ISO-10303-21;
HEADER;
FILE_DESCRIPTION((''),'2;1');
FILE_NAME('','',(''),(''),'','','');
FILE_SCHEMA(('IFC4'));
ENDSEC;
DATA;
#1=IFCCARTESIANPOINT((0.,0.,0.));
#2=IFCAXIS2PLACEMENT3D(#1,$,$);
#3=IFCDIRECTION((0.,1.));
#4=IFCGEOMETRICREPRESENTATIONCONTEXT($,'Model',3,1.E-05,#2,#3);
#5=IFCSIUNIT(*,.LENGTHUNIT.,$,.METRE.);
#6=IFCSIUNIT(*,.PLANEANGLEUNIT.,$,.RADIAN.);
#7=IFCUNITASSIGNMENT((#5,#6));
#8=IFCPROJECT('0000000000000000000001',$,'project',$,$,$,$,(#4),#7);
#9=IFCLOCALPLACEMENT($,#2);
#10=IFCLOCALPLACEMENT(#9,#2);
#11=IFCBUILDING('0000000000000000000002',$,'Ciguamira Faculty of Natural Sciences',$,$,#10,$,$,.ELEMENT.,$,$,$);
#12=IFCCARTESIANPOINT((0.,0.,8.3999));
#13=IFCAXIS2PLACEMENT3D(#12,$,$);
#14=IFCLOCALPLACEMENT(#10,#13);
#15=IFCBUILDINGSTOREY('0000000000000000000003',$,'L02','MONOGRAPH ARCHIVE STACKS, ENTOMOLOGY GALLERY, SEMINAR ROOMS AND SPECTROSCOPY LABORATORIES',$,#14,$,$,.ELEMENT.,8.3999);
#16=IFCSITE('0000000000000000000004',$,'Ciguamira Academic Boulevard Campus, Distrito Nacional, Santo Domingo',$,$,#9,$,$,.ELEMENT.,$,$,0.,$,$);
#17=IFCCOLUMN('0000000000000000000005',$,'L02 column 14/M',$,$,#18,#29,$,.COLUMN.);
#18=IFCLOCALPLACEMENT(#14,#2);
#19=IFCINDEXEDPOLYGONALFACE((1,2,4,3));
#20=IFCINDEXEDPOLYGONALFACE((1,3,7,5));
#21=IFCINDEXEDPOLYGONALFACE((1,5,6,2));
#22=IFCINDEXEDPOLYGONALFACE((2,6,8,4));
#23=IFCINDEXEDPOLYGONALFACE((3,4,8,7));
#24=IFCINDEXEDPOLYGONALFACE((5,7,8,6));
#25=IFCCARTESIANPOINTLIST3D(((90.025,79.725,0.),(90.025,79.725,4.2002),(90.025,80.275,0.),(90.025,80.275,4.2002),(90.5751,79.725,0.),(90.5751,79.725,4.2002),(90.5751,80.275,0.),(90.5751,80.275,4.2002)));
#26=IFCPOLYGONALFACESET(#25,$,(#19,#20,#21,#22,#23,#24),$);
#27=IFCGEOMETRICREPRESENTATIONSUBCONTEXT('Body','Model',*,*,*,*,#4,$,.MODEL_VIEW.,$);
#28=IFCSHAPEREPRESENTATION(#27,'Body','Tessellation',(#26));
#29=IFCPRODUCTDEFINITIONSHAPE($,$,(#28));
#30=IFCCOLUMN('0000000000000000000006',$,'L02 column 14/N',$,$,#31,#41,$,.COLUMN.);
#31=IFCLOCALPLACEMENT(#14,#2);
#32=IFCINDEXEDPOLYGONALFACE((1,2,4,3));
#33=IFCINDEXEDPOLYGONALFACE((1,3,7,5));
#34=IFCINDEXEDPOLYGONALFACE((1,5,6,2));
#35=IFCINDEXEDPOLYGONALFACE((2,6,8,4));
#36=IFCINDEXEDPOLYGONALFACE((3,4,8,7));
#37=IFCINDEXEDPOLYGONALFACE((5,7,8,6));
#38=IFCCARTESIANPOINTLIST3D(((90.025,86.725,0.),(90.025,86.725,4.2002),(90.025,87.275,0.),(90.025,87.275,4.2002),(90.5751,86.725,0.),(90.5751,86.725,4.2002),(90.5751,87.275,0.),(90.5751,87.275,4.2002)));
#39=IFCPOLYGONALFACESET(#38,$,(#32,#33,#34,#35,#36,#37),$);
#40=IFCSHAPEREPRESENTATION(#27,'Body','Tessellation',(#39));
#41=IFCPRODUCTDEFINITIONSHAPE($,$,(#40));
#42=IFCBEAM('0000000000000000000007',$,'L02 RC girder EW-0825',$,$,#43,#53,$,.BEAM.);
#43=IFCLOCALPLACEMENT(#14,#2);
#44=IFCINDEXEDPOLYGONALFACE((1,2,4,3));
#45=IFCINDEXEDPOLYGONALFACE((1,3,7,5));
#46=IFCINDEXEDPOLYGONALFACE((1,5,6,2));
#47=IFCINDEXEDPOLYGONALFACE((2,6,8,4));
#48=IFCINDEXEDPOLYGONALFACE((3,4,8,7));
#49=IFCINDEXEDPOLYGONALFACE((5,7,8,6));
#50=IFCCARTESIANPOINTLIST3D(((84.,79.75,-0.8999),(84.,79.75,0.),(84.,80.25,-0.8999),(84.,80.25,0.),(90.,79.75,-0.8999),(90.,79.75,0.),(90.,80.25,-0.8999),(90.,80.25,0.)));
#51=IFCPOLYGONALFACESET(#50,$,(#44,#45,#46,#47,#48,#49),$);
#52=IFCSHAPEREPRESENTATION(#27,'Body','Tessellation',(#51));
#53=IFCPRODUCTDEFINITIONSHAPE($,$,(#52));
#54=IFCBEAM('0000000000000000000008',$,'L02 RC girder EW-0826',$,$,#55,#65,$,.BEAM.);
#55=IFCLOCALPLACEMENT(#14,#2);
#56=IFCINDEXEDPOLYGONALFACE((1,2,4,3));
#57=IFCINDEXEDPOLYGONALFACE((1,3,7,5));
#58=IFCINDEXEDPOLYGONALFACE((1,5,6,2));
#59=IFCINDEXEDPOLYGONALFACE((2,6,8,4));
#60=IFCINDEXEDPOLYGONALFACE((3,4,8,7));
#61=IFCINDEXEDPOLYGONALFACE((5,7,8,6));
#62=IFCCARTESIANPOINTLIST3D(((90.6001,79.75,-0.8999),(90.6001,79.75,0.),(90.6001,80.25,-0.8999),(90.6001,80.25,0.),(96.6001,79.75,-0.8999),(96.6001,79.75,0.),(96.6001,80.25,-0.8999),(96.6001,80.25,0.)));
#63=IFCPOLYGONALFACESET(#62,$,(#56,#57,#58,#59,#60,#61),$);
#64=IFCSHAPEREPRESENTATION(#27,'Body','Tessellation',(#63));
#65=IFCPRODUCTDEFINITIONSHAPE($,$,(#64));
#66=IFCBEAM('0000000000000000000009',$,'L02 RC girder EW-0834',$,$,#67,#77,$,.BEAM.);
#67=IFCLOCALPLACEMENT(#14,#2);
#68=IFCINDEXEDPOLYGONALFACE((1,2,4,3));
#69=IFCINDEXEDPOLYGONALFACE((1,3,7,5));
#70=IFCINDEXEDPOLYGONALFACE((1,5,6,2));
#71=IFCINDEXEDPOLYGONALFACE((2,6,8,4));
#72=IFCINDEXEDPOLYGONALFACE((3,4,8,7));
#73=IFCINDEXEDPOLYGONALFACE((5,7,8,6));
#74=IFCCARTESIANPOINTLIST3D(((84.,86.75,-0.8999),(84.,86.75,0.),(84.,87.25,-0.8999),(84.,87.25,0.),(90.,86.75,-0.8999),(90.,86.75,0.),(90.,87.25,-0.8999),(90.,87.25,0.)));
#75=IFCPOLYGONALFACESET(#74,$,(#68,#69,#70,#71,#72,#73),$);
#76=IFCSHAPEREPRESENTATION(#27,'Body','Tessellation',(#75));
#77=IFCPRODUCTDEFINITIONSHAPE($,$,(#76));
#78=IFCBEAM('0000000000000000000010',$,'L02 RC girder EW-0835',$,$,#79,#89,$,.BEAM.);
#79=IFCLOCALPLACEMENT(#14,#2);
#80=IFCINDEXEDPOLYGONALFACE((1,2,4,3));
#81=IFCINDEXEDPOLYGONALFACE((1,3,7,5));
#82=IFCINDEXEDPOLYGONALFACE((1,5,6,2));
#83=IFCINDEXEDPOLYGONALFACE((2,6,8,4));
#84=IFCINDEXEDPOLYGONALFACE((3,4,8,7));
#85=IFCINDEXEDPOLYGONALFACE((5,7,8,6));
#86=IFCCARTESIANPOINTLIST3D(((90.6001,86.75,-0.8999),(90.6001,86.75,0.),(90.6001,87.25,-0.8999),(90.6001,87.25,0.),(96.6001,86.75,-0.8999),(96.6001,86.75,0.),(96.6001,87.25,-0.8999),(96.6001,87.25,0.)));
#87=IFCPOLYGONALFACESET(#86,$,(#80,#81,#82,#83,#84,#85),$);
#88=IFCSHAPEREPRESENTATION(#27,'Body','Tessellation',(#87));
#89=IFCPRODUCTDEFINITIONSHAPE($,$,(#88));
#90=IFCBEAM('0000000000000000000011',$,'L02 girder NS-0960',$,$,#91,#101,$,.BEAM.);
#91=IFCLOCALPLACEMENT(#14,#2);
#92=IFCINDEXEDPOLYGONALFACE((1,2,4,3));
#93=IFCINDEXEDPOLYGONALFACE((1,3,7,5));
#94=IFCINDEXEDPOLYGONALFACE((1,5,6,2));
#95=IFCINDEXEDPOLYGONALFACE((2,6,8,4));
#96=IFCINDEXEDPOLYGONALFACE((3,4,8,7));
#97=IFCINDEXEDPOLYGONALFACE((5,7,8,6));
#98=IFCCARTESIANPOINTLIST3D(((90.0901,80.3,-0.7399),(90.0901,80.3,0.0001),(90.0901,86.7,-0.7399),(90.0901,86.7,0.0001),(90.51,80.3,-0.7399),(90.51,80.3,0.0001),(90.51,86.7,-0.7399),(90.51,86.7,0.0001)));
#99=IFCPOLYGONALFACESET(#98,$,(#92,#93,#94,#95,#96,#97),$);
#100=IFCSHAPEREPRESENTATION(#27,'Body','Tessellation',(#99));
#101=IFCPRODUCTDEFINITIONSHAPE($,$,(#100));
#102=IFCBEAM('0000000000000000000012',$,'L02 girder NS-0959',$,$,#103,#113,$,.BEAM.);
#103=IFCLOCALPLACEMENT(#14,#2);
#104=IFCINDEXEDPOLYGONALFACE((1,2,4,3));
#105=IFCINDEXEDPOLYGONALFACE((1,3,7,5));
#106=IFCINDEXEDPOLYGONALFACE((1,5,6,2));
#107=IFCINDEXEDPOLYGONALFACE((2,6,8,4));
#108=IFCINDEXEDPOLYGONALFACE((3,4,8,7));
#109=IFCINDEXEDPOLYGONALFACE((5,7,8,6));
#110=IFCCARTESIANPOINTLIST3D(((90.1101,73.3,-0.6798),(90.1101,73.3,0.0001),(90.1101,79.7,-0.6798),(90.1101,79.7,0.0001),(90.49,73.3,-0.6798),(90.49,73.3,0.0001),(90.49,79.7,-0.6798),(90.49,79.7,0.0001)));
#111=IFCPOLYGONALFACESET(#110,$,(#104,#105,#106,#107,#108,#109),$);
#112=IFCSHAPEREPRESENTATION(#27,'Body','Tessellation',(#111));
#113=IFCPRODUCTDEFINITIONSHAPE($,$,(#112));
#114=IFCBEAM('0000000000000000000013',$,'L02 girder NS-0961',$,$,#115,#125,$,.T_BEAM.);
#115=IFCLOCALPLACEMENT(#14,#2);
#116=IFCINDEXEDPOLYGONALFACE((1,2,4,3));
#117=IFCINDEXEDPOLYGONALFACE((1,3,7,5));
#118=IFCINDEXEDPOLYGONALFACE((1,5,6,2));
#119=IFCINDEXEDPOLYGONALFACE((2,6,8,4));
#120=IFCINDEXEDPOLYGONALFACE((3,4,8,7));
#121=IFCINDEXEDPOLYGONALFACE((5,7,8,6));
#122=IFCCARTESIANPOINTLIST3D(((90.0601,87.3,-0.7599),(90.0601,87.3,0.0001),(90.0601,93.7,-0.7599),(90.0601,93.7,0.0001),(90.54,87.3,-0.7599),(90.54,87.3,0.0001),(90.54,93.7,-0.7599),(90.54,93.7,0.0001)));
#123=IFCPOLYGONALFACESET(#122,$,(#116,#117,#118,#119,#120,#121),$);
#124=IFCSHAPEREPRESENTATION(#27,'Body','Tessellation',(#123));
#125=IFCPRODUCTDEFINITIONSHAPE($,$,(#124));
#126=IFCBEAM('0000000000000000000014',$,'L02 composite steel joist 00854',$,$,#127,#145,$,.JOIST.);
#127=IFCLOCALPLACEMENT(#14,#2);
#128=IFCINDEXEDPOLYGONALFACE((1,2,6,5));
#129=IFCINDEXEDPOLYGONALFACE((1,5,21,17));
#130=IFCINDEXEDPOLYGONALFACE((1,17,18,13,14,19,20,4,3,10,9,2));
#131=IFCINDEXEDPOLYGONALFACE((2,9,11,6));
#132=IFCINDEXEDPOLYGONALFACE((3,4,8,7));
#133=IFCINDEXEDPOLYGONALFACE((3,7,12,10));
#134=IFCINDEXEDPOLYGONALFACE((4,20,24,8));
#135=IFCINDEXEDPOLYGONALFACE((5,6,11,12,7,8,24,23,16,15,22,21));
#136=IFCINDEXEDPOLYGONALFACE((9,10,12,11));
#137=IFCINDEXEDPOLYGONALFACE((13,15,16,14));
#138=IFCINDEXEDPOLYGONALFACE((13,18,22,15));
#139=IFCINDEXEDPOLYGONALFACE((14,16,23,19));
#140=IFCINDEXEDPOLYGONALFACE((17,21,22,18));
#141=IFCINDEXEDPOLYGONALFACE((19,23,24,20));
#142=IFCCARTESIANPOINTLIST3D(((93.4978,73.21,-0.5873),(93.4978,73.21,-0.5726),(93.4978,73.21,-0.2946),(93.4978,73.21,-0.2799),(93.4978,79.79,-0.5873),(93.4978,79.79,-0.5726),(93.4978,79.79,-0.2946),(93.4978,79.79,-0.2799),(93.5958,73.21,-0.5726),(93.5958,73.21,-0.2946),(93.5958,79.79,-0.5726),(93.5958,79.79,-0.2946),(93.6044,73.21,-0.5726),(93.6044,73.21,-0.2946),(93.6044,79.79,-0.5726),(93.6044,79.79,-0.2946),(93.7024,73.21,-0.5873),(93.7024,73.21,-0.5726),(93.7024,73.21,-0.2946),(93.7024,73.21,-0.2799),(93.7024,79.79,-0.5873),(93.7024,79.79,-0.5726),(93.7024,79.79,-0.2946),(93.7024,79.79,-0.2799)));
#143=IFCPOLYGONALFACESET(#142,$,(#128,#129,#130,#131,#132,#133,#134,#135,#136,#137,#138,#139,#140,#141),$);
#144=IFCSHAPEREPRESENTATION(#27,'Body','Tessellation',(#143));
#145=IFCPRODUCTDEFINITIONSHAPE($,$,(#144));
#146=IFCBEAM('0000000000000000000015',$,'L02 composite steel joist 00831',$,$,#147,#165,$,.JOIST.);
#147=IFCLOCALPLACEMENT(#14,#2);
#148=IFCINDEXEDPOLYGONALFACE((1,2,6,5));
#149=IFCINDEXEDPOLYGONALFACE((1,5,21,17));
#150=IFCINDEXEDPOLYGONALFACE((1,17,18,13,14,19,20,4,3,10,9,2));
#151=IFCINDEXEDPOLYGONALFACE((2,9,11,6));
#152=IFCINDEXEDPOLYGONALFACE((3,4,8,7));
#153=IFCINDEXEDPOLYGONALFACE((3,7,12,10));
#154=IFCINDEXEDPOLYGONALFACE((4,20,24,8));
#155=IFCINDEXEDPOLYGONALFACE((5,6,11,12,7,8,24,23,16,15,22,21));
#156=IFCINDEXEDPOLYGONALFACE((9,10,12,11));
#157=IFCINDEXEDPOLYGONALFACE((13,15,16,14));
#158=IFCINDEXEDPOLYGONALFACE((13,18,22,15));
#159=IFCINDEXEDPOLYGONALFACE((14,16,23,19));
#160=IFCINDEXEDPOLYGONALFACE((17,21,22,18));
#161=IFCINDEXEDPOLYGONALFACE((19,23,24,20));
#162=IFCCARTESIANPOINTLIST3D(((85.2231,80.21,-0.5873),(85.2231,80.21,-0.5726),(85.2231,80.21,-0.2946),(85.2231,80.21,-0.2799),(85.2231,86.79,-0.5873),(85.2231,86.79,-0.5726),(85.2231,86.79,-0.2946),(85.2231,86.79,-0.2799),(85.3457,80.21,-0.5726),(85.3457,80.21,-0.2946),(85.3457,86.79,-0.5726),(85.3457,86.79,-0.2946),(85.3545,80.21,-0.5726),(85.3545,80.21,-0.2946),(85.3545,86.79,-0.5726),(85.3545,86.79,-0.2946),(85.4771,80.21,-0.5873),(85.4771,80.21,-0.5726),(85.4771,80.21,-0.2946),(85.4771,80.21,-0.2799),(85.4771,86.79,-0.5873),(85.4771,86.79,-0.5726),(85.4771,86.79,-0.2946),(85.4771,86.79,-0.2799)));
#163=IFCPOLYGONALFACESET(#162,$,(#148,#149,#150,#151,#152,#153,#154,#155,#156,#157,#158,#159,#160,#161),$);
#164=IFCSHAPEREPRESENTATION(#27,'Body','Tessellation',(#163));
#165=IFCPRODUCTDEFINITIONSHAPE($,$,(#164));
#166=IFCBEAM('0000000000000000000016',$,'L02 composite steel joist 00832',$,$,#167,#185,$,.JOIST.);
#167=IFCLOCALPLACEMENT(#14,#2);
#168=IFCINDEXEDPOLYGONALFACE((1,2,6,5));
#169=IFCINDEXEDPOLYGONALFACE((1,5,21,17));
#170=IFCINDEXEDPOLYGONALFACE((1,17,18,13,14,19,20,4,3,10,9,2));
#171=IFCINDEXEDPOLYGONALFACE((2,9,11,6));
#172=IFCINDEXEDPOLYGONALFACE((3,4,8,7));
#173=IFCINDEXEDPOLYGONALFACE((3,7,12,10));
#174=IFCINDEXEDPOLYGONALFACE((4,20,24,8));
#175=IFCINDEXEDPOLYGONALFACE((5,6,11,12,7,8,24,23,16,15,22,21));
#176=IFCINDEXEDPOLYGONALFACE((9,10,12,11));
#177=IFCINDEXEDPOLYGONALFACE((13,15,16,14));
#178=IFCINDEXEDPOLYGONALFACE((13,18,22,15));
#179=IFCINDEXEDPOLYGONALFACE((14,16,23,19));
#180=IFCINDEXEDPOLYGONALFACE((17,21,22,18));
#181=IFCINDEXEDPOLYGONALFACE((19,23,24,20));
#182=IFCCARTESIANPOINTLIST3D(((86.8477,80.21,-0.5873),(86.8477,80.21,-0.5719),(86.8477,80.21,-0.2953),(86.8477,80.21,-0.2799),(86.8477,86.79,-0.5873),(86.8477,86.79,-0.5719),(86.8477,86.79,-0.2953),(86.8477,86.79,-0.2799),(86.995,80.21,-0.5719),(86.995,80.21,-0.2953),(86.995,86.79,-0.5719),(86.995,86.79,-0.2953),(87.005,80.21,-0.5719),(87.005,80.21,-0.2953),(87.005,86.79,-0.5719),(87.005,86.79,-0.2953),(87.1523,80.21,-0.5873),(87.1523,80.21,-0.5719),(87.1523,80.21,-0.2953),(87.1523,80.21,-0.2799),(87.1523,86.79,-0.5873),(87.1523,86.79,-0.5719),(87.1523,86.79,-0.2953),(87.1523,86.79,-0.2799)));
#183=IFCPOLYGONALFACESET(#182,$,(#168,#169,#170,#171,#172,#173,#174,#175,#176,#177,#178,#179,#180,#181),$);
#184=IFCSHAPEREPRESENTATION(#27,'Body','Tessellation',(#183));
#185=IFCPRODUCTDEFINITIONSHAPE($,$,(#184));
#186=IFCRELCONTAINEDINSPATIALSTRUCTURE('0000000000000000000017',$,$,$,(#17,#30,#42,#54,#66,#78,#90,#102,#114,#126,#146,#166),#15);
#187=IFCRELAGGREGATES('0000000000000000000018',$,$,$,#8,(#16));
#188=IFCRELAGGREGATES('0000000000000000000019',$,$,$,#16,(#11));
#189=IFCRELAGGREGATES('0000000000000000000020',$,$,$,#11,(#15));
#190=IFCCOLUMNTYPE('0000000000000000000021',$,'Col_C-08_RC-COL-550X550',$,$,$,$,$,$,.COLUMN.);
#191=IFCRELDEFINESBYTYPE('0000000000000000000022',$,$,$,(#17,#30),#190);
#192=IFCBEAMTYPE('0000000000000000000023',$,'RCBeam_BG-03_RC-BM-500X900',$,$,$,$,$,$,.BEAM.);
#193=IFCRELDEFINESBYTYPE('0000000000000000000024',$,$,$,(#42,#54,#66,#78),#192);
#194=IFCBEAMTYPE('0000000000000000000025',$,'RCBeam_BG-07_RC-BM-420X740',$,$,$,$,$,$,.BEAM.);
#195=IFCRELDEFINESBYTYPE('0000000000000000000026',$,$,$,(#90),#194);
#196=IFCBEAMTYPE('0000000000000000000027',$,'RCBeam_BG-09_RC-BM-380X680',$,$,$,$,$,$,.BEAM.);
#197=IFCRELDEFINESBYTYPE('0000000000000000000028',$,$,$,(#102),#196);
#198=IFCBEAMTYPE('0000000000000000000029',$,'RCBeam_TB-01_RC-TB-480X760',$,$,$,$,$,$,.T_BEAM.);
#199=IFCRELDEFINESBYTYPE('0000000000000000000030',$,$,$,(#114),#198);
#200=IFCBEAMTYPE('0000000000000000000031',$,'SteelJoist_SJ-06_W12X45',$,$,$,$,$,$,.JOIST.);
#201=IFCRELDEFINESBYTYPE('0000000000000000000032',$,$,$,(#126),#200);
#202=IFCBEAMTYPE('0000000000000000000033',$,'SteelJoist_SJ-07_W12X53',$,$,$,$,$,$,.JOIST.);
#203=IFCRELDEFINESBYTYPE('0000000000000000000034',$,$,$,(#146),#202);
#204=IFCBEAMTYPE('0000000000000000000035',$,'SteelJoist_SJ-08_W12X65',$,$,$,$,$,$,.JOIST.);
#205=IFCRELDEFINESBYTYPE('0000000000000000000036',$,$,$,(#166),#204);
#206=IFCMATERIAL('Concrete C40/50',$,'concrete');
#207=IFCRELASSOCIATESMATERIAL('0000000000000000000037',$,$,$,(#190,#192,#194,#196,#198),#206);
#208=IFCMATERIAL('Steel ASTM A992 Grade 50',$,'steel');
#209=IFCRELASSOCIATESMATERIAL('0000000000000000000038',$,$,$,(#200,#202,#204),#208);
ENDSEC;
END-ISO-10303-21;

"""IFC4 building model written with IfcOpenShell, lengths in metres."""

from ifc_helpers import new_model, si_unit, direction, frame, origin, origin_2d, place, context, subcontext, project, spatial, rectangle, i_section, extrude, material, material_profile, profile_set, type_object, element, save


model = new_model("IFC4")

# Units and contexts
model_context = context("Model", 3, precision=1e-05, world=origin(), true_north=direction((0.0, 1.0)))
body_context = subcontext(model_context, "Body", "Model", "MODEL_VIEW")
ifc_project = project(units=[si_unit("LENGTHUNIT", "METRE"), si_unit("PLANEANGLEUNIT", "RADIAN")], contexts=[model_context])

# Site, building, storey
site_placement = place(None, origin())
site = spatial("IfcSite", under=ifc_project, at=site_placement, Name="Ciguamira Academic Boulevard Campus, Distrito Nacional, Santo Domingo", CompositionType="ELEMENT", RefElevation=0.0)
building_placement = place(site_placement, origin())
building = spatial("IfcBuilding", under=site, at=building_placement, Name="Ciguamira Faculty of Natural Sciences", CompositionType="ELEMENT")
storey_placement = place(building_placement, frame((0.0, 0.0, 8.3999)))
storey = spatial("IfcBuildingStorey", under=building, at=storey_placement, Name="L02", Description="MONOGRAPH ARCHIVE STACKS, ENTOMOLOGY GALLERY, SEMINAR ROOMS AND SPECTROSCOPY LABORATORIES", CompositionType="ELEMENT", Elevation=8.3999)

# Columns
ifc_material_1 = material(Name="Concrete C40/50", Category="concrete")
ifc_material_profile_1 = material_profile(ifc_material_1, rectangle(XDim=0.55, YDim=0.55, at=origin_2d()), Name="RC-COL-550X550")
ifc_profile_set_1 = profile_set([ifc_material_profile_1], Name="Concrete C40/50")
column_type = type_object("IfcColumnType", Name="Col_C-08_RC-COL-550X550", PredefinedType="COLUMN", material=ifc_profile_set_1)
for number, where, z_axis, x_axis, name in (
    (1, (90.3, 80.0, 0.0), (0.0, 0.0, 1.0), (1.0, 0.0, 0.0), "L02 column 14/M"),
    (2, (90.3, 87.0, 0.0), (0.0, 0.0, 1.0), (1.0, 0.0, 0.0), "L02 column 14/N"),
):
    element("IfcColumn", number, at=place(storey_placement, frame(where, z_axis=z_axis, x_axis=x_axis)), inside=storey, type_object=column_type, Name=name, PredefinedType="COLUMN", context=body_context, shape_type="SweptSolid", body=[
        extrude(rectangle(XDim=0.55, YDim=0.55, at=origin_2d()), origin(), (0.0, 0.0, 1.0), 4.2002),
    ])

# Beams
ifc_material_profile_2 = material_profile(ifc_material_1, rectangle(XDim=0.5, YDim=0.8999, at=origin_2d()), Name="RC-BM-500X900")
ifc_profile_set_2 = profile_set([ifc_material_profile_2], Name="Concrete C40/50")
beam_type_1 = type_object("IfcBeamType", Name="RCBeam_BG-03_RC-BM-500X900", PredefinedType="BEAM", material=ifc_profile_set_2)
for number, where, z_axis, x_axis, name in (
    (3, (84.0, 80.0, -0.45), (1.0, 0.0, 0.0), (0.0, 1.0, 0.0), "L02 RC girder EW-0825"),
    (4, (90.6001, 80.0, -0.45), (1.0, 0.0, 0.0), (0.0, 1.0, 0.0), "L02 RC girder EW-0826"),
    (5, (84.0, 87.0, -0.45), (1.0, 0.0, 0.0), (0.0, 1.0, 0.0), "L02 RC girder EW-0834"),
    (6, (90.6001, 87.0, -0.45), (1.0, 0.0, 0.0), (0.0, 1.0, 0.0), "L02 RC girder EW-0835"),
):
    element("IfcBeam", number, at=place(storey_placement, frame(where, z_axis=z_axis, x_axis=x_axis)), inside=storey, type_object=beam_type_1, Name=name, PredefinedType="BEAM", context=body_context, shape_type="SweptSolid", body=[
        extrude(rectangle(XDim=0.5, YDim=0.8999, at=origin_2d()), origin(), (0.0, 0.0, 1.0), 6.0),
    ])
ifc_material_profile_3 = material_profile(ifc_material_1, rectangle(XDim=0.4199, YDim=0.74, at=origin_2d()), Name="RC-BM-420X740")
ifc_profile_set_3 = profile_set([ifc_material_profile_3], Name="Concrete C40/50")
beam_type_2 = type_object("IfcBeamType", Name="RCBeam_BG-07_RC-BM-420X740", PredefinedType="BEAM", material=ifc_profile_set_3)
beam_1_placement = place(storey_placement, frame((90.3, 80.3, -0.3699), z_axis=(0.0, 1.0, 0.0), x_axis=(-1.0, 0.0, 0.0)))
element("IfcBeam", 7, at=beam_1_placement, inside=storey, type_object=beam_type_2, Name="L02 girder NS-0960", PredefinedType="BEAM", context=body_context, shape_type="SweptSolid", body=[
    extrude(rectangle(XDim=0.4199, YDim=0.74, at=origin_2d()), origin(), (0.0, 0.0, 1.0), 6.3999),
])
ifc_material_profile_4 = material_profile(ifc_material_1, rectangle(XDim=0.3799, YDim=0.6799, at=origin_2d()), Name="RC-BM-380X680")
ifc_profile_set_4 = profile_set([ifc_material_profile_4], Name="Concrete C40/50")
beam_type_3 = type_object("IfcBeamType", Name="RCBeam_BG-09_RC-BM-380X680", PredefinedType="BEAM", material=ifc_profile_set_4)
beam_2_placement = place(storey_placement, frame((90.3, 73.3, -0.3398), z_axis=(0.0, 1.0, 0.0), x_axis=(-1.0, 0.0, 0.0)))
element("IfcBeam", 8, at=beam_2_placement, inside=storey, type_object=beam_type_3, Name="L02 girder NS-0959", PredefinedType="BEAM", context=body_context, shape_type="SweptSolid", body=[
    extrude(rectangle(XDim=0.3799, YDim=0.6799, at=origin_2d()), origin(), (0.0, 0.0, 1.0), 6.3999),
])
ifc_material_profile_5 = material_profile(ifc_material_1, rectangle(XDim=0.48, YDim=0.76, at=origin_2d()), Name="RC-TB-480X760")
ifc_profile_set_5 = profile_set([ifc_material_profile_5], Name="Concrete C40/50")
beam_type_4 = type_object("IfcBeamType", Name="RCBeam_TB-01_RC-TB-480X760", PredefinedType="T_BEAM", material=ifc_profile_set_5)
beam_3_placement = place(storey_placement, frame((90.3, 87.3, -0.3799), z_axis=(0.0, 1.0, 0.0), x_axis=(-1.0, 0.0, 0.0)))
element("IfcBeam", 9, at=beam_3_placement, inside=storey, type_object=beam_type_4, Name="L02 girder NS-0961", PredefinedType="T_BEAM", context=body_context, shape_type="SweptSolid", body=[
    extrude(rectangle(XDim=0.48, YDim=0.76, at=origin_2d()), origin(), (0.0, 0.0, 1.0), 6.3999),
])
ifc_material_2 = material(Name="Steel ASTM A992 Grade 50", Category="steel")
ifc_material_profile_6 = material_profile(ifc_material_2, i_section(OverallWidth=0.2046, OverallDepth=0.3074, WebThickness=0.0085, FlangeThickness=0.0146, at=origin_2d()), Name="W12X45")
ifc_profile_set_6 = profile_set([ifc_material_profile_6], Name="Steel ASTM A992 Grade 50")
beam_type_5 = type_object("IfcBeamType", Name="SteelJoist_SJ-06_W12X45", PredefinedType="JOIST", material=ifc_profile_set_6)
beam_4_placement = place(storey_placement, frame((93.6001, 73.21, -0.4336), z_axis=(0.0, 1.0, 0.0), x_axis=(-1.0, 0.0, 0.0)))
element("IfcBeam", 10, at=beam_4_placement, inside=storey, type_object=beam_type_5, Name="L02 composite steel joist 00854", PredefinedType="JOIST", context=body_context, shape_type="SweptSolid", body=[
    extrude(i_section(OverallWidth=0.2046, OverallDepth=0.3074, WebThickness=0.0085, FlangeThickness=0.0146, at=origin_2d()), origin(), (0.0, 0.0, 1.0), 6.5801),
])
ifc_material_profile_7 = material_profile(ifc_material_2, i_section(OverallWidth=0.2539, OverallDepth=0.3074, WebThickness=0.0088, FlangeThickness=0.0146, at=origin_2d()), Name="W12X53")
ifc_profile_set_7 = profile_set([ifc_material_profile_7], Name="Steel ASTM A992 Grade 50")
beam_type_6 = type_object("IfcBeamType", Name="SteelJoist_SJ-07_W12X53", PredefinedType="JOIST", material=ifc_profile_set_7)
beam_5_placement = place(storey_placement, frame((85.3501, 80.21, -0.4336), z_axis=(0.0, 1.0, 0.0), x_axis=(-1.0, 0.0, 0.0)))
element("IfcBeam", 11, at=beam_5_placement, inside=storey, type_object=beam_type_6, Name="L02 composite steel joist 00831", PredefinedType="JOIST", context=body_context, shape_type="SweptSolid", body=[
    extrude(i_section(OverallWidth=0.2539, OverallDepth=0.3074, WebThickness=0.0088, FlangeThickness=0.0146, at=origin_2d()), origin(), (0.0, 0.0, 1.0), 6.5801),
])
ifc_material_profile_8 = material_profile(ifc_material_2, i_section(OverallWidth=0.3047, OverallDepth=0.3074, WebThickness=0.01, FlangeThickness=0.0154, at=origin_2d()), Name="W12X65")
ifc_profile_set_8 = profile_set([ifc_material_profile_8], Name="Steel ASTM A992 Grade 50")
beam_type_7 = type_object("IfcBeamType", Name="SteelJoist_SJ-08_W12X65", PredefinedType="JOIST", material=ifc_profile_set_8)
beam_6_placement = place(storey_placement, frame((87.0, 80.21, -0.4336), z_axis=(0.0, 1.0, 0.0), x_axis=(-1.0, 0.0, 0.0)))
element("IfcBeam", 12, at=beam_6_placement, inside=storey, type_object=beam_type_7, Name="L02 composite steel joist 00832", PredefinedType="JOIST", context=body_context, shape_type="SweptSolid", body=[
    extrude(i_section(OverallWidth=0.3047, OverallDepth=0.3074, WebThickness=0.01, FlangeThickness=0.0154, at=origin_2d()), origin(), (0.0, 0.0, 1.0), 6.5801),
])

save(model, "model.ifc")
